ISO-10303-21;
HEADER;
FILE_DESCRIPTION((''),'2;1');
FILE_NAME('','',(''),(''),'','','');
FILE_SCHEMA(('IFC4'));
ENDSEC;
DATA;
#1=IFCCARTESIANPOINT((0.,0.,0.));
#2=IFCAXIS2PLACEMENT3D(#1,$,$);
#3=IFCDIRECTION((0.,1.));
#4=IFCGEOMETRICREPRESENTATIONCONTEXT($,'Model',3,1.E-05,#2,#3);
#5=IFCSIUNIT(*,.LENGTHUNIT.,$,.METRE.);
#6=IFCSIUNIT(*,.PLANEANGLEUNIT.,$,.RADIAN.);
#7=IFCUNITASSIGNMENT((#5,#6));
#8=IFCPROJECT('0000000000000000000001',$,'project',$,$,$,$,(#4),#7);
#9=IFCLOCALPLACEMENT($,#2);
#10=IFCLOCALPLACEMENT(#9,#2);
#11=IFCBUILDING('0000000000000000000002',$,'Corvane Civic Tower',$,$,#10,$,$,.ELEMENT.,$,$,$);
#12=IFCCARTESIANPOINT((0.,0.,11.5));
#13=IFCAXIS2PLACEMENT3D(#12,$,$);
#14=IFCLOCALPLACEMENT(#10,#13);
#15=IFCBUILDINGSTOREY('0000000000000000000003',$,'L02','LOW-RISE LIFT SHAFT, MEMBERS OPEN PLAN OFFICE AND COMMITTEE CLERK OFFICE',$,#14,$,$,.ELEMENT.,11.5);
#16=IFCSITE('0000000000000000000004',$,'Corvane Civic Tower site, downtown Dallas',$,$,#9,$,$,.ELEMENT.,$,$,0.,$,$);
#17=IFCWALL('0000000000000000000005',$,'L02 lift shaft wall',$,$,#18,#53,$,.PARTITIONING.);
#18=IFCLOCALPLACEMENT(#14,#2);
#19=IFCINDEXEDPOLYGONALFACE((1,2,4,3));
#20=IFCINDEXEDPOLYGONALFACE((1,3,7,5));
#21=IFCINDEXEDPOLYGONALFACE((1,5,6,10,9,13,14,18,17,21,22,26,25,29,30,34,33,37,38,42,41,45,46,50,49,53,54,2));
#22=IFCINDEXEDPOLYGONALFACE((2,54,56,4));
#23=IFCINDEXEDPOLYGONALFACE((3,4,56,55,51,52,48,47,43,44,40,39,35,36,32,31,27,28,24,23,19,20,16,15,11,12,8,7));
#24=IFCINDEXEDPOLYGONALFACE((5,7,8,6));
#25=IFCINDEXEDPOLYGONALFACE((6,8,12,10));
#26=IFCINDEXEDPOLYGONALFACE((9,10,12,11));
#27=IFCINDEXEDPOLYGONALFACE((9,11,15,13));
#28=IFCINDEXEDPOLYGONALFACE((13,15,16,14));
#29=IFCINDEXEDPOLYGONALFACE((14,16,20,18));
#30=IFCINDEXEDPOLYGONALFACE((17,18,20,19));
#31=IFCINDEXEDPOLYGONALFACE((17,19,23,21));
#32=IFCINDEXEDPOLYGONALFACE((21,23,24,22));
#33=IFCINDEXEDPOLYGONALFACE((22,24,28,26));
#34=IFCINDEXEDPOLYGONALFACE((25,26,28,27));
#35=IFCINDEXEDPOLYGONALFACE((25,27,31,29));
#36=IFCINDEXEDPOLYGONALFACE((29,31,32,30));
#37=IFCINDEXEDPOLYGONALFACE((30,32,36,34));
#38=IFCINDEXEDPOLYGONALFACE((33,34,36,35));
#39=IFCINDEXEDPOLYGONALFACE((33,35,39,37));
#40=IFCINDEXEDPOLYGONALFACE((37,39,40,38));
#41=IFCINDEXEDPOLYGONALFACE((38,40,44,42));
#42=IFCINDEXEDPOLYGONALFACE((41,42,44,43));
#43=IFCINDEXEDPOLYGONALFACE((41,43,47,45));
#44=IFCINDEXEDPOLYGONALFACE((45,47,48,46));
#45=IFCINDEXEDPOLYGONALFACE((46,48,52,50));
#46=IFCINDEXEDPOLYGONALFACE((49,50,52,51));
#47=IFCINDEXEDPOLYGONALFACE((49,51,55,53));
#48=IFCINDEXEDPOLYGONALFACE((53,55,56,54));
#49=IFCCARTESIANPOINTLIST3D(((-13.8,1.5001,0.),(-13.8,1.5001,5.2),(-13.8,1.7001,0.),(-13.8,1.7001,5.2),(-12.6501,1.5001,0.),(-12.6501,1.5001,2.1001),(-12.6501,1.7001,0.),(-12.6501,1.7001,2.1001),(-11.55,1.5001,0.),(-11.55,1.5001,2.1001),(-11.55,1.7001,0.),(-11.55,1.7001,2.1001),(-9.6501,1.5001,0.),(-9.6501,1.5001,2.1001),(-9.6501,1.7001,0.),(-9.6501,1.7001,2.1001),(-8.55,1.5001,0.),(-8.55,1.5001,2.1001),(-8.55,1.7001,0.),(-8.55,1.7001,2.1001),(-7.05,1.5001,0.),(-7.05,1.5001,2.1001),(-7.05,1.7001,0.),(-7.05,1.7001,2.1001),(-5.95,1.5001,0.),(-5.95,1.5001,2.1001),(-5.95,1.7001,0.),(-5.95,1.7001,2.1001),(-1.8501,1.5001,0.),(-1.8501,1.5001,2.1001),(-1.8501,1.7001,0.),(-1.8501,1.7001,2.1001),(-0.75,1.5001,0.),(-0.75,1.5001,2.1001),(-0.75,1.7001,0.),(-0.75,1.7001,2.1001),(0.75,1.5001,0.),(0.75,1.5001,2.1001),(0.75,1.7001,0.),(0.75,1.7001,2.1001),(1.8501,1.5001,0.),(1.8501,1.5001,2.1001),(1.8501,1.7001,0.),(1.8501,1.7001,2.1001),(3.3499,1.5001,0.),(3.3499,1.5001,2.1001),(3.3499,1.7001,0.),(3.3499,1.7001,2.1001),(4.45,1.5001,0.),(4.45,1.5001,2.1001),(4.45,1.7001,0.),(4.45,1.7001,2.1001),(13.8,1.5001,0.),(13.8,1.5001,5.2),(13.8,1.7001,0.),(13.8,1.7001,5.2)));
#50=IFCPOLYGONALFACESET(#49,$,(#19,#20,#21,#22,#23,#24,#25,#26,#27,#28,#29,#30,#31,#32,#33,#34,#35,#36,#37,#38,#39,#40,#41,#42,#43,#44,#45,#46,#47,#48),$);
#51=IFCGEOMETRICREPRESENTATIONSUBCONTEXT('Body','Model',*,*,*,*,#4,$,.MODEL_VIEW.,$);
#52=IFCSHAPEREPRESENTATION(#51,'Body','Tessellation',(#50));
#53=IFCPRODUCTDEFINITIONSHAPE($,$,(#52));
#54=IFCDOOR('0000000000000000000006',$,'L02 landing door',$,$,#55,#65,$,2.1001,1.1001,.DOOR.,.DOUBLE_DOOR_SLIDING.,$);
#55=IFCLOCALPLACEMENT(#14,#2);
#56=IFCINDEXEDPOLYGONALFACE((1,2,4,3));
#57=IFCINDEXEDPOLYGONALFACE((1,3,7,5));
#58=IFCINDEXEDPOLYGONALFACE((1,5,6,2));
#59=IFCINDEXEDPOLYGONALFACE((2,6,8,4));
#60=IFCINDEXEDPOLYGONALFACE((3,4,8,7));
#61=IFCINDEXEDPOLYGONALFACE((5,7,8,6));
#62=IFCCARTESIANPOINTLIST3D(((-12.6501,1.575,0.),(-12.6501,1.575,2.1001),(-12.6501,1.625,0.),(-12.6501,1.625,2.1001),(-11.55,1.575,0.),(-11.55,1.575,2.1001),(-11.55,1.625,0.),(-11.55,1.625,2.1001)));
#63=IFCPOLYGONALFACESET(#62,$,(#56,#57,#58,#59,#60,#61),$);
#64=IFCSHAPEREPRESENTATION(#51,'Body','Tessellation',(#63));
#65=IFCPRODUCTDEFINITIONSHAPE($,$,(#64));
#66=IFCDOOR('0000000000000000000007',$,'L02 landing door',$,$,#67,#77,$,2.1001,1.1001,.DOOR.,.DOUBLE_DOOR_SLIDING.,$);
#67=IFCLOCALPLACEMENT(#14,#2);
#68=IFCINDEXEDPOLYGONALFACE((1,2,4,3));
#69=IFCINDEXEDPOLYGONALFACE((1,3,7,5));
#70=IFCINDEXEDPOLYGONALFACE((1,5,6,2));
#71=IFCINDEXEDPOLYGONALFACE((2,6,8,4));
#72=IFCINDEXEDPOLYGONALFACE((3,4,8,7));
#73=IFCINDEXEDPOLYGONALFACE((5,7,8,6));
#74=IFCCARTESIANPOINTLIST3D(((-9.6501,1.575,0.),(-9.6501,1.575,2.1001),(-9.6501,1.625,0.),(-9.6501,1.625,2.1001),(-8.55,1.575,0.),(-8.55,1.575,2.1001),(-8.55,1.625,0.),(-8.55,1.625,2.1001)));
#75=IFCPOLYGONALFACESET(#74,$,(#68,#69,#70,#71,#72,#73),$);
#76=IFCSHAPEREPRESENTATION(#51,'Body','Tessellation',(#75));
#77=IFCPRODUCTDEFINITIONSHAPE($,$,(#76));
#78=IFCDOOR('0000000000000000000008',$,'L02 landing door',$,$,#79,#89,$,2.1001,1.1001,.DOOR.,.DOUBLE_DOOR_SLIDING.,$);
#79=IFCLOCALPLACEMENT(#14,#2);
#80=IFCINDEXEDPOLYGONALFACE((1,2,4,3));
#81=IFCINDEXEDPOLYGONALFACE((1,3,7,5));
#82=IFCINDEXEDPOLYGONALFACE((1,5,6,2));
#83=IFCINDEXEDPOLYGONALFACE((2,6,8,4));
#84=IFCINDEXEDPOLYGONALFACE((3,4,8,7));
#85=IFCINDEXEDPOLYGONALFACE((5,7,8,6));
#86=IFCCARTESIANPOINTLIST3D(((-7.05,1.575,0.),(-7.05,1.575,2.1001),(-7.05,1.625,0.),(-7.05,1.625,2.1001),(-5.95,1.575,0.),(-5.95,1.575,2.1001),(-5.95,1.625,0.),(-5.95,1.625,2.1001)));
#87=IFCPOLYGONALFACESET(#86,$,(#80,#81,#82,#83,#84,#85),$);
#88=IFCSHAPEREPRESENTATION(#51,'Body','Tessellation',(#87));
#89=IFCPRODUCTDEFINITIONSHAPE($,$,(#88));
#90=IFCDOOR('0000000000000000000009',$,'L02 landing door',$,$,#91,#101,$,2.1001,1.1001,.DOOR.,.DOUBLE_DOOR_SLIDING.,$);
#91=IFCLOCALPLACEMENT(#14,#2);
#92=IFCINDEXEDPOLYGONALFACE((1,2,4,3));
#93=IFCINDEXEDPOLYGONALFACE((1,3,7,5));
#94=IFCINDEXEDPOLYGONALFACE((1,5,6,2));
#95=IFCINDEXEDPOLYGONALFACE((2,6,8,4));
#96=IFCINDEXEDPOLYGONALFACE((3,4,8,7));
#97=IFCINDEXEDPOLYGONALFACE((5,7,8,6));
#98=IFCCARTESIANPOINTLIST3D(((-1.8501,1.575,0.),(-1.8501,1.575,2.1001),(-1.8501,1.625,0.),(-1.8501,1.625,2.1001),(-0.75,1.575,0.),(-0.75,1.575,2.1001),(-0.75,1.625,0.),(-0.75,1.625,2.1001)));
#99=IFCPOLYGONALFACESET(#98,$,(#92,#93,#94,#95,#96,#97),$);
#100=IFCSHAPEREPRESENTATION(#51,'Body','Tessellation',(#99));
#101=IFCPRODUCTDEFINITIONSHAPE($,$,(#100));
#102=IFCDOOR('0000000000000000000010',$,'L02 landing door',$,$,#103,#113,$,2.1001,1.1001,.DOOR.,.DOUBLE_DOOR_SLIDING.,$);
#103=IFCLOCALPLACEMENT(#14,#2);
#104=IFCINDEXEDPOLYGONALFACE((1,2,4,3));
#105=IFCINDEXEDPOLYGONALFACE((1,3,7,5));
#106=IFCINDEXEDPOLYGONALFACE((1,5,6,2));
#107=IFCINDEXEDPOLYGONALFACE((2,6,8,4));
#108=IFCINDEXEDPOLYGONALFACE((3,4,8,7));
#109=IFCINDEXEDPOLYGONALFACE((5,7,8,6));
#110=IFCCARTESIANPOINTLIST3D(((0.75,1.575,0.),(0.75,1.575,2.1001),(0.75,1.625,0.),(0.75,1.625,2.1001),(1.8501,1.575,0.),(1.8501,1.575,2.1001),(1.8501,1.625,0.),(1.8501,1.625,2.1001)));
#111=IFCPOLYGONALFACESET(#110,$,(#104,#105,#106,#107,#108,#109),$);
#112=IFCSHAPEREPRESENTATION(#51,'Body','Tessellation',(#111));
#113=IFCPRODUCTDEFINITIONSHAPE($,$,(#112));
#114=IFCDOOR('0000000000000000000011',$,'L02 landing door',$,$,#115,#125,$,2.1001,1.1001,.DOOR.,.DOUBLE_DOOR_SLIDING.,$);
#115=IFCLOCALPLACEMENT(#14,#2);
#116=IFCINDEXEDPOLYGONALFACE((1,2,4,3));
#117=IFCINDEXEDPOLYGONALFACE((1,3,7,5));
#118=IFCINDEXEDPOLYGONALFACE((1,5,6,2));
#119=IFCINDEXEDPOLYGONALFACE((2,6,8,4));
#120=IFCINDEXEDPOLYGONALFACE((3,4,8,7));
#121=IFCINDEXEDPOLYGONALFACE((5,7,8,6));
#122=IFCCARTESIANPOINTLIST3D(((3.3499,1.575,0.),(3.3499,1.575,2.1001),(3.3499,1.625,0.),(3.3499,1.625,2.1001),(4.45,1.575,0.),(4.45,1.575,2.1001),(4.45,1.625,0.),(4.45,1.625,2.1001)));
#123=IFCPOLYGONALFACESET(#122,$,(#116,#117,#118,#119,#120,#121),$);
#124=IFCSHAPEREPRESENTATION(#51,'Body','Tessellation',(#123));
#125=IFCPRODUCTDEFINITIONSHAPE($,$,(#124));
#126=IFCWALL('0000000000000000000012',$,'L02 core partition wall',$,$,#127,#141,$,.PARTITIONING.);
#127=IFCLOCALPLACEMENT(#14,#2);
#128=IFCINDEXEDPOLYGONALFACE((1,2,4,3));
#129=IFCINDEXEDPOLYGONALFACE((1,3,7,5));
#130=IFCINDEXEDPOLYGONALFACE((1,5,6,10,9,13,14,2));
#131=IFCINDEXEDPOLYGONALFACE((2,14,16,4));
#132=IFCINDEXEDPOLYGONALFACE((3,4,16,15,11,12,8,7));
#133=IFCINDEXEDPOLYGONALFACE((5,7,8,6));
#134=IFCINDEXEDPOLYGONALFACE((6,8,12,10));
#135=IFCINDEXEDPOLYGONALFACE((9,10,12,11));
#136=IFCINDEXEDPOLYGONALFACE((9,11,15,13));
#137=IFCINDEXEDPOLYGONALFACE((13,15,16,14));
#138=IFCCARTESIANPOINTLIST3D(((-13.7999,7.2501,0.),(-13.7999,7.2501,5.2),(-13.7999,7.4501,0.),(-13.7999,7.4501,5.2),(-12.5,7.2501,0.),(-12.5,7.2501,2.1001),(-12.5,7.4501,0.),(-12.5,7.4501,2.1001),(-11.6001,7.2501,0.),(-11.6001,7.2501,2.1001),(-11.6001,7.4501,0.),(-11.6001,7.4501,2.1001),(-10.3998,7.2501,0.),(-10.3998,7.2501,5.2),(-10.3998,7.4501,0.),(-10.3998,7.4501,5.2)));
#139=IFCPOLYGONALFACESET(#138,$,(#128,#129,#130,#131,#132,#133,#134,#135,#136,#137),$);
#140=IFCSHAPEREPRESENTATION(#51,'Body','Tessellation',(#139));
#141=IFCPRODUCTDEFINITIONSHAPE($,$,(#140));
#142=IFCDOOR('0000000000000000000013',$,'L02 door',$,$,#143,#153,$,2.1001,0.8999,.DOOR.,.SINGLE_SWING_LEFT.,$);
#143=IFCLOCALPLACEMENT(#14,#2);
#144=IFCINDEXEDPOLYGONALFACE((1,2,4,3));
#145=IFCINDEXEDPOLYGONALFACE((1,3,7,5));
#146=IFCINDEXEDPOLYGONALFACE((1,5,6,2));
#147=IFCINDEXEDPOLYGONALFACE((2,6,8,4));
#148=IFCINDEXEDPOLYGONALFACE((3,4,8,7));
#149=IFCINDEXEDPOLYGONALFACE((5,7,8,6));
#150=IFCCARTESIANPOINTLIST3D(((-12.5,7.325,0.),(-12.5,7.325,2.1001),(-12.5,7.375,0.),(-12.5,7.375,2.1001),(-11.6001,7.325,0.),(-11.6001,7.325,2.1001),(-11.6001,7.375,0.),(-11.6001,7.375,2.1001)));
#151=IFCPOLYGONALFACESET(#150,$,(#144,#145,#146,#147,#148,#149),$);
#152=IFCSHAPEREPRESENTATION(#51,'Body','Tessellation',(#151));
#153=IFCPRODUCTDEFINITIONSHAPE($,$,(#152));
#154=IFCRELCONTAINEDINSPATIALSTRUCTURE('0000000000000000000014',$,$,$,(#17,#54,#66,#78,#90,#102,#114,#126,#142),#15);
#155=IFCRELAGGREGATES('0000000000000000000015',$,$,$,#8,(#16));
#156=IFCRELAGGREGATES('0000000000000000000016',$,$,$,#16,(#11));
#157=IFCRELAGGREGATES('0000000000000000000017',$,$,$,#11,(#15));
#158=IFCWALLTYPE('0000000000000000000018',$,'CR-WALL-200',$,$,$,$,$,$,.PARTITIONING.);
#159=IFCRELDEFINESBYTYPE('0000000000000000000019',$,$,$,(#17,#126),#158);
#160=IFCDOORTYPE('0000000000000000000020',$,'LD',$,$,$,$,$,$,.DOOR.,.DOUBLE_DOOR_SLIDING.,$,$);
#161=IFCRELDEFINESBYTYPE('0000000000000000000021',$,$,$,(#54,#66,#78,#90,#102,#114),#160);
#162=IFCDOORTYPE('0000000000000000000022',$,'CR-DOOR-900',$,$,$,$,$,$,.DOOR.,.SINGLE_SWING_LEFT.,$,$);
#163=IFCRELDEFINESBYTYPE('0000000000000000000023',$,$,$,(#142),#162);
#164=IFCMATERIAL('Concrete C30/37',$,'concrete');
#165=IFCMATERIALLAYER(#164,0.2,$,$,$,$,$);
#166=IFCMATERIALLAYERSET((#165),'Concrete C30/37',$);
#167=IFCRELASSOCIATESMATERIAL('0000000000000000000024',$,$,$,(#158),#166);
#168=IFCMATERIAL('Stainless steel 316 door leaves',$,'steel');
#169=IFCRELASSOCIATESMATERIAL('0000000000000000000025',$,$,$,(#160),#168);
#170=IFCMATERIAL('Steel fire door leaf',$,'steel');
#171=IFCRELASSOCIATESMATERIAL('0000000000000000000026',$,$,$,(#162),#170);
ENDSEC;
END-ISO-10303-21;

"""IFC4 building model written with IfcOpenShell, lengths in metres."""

from ifc_helpers import new_model, si_unit, direction, frame, frame_2d, origin, place, context, subcontext, project, spatial, rectangle, extrude, material, layer, layer_set, type_object, element, fill, save


model = new_model("IFC4")

# Units and contexts
model_context = context("Model", 3, precision=1e-05, world=origin(), true_north=direction((0.0, 1.0)))
body_context = subcontext(model_context, "Body", "Model", "MODEL_VIEW")
ifc_project = project(units=[si_unit("LENGTHUNIT", "METRE"), si_unit("PLANEANGLEUNIT", "RADIAN")], contexts=[model_context])

# Site, building, storey
site_placement = place(None, origin())
site = spatial("IfcSite", under=ifc_project, at=site_placement, Name="Corvane Civic Tower site, downtown Dallas", CompositionType="ELEMENT", RefElevation=0.0)
building_placement = place(site_placement, origin())
building = spatial("IfcBuilding", under=site, at=building_placement, Name="Corvane Civic Tower", CompositionType="ELEMENT")
storey_placement = place(building_placement, frame((0.0, 0.0, 11.5)))
storey = spatial("IfcBuildingStorey", under=building, at=storey_placement, Name="L02", Description="LOW-RISE LIFT SHAFT, MEMBERS OPEN PLAN OFFICE AND COMMITTEE CLERK OFFICE", CompositionType="ELEMENT", Elevation=11.5)

# Wall, openings, doors
ifc_material_1 = material(Name="Concrete C30/37", Category="concrete")
ifc_layer_1 = layer(ifc_material_1, 0.2)
ifc_layer_set_1 = layer_set([ifc_layer_1], Name="Concrete C30/37")
wall_type_1 = type_object("IfcWallType", Name="CR-WALL-200", PredefinedType="PARTITIONING", material=ifc_layer_set_1)
wall_1_placement = place(storey_placement, frame((-13.8, 1.6001, 0.0), z_axis=(0.0, 0.0, 1.0), x_axis=(1.0, 0.0, 0.0)))
wall_1 = element("IfcWall", 1, at=wall_1_placement, inside=storey, type_object=wall_type_1, Name="L02 lift shaft wall", PredefinedType="PARTITIONING", context=body_context, shape_type="SweptSolid", body=[
    extrude(rectangle(XDim=27.6001, YDim=0.2, at=frame_2d((13.8, 0.0))), origin(), (0.0, 0.0, 1.0), 5.2),
])
opening_1_placement = place(wall_1_placement, frame((1.1499, 0.0, 0.0)))
opening_1 = element("IfcOpeningElement", 2, at=opening_1_placement, cuts=wall_1, PredefinedType="OPENING", context=body_context, shape_type="SweptSolid", body=[
    extrude(rectangle(XDim=1.1001, YDim=2.1001, at=frame_2d((0.55, 1.05))), frame((0.0, 0.1099, 0.0), z_axis=(0.0, -1.0, 0.0), x_axis=(1.0, 0.0, 0.0)), (0.0, 0.0, 1.0), 0.22),
])
opening_2_placement = place(wall_1_placement, frame((4.1499, 0.0, 0.0)))
opening_2 = element("IfcOpeningElement", 3, at=opening_2_placement, cuts=wall_1, PredefinedType="OPENING", context=body_context, shape_type="SweptSolid", body=[
    extrude(rectangle(XDim=1.1001, YDim=2.1001, at=frame_2d((0.55, 1.05))), frame((0.0, 0.1099, 0.0), z_axis=(0.0, -1.0, 0.0), x_axis=(1.0, 0.0, 0.0)), (0.0, 0.0, 1.0), 0.22),
])
opening_3_placement = place(wall_1_placement, frame((6.75, 0.0, 0.0)))
opening_3 = element("IfcOpeningElement", 4, at=opening_3_placement, cuts=wall_1, PredefinedType="OPENING", context=body_context, shape_type="SweptSolid", body=[
    extrude(rectangle(XDim=1.1001, YDim=2.1001, at=frame_2d((0.55, 1.05))), frame((0.0, 0.1099, 0.0), z_axis=(0.0, -1.0, 0.0), x_axis=(1.0, 0.0, 0.0)), (0.0, 0.0, 1.0), 0.22),
])
opening_4_placement = place(wall_1_placement, frame((11.95, 0.0, 0.0)))
opening_4 = element("IfcOpeningElement", 5, at=opening_4_placement, cuts=wall_1, PredefinedType="OPENING", context=body_context, shape_type="SweptSolid", body=[
    extrude(rectangle(XDim=1.1001, YDim=2.1001, at=frame_2d((0.55, 1.05))), frame((0.0, 0.1099, 0.0), z_axis=(0.0, -1.0, 0.0), x_axis=(1.0, 0.0, 0.0)), (0.0, 0.0, 1.0), 0.22),
])
opening_5_placement = place(wall_1_placement, frame((14.55, 0.0, 0.0)))
opening_5 = element("IfcOpeningElement", 6, at=opening_5_placement, cuts=wall_1, PredefinedType="OPENING", context=body_context, shape_type="SweptSolid", body=[
    extrude(rectangle(XDim=1.1001, YDim=2.1001, at=frame_2d((0.55, 1.05))), frame((0.0, 0.1099, 0.0), z_axis=(0.0, -1.0, 0.0), x_axis=(1.0, 0.0, 0.0)), (0.0, 0.0, 1.0), 0.22),
])
opening_6_placement = place(wall_1_placement, frame((17.1499, 0.0, 0.0)))
opening_6 = element("IfcOpeningElement", 7, at=opening_6_placement, cuts=wall_1, PredefinedType="OPENING", context=body_context, shape_type="SweptSolid", body=[
    extrude(rectangle(XDim=1.1001, YDim=2.1001, at=frame_2d((0.55, 1.05))), frame((0.0, 0.1099, 0.0), z_axis=(0.0, -1.0, 0.0), x_axis=(1.0, 0.0, 0.0)), (0.0, 0.0, 1.0), 0.22),
])
ifc_material_2 = material(Name="Stainless steel 316 door leaves", Category="steel")
door_type_1 = type_object("IfcDoorType", Name="LD", OperationType="DOUBLE_DOOR_SLIDING", PredefinedType="DOOR", material=ifc_material_2)
door_1_placement = place(opening_1_placement, origin())
door_1 = element("IfcDoor", 8, at=door_1_placement, inside=storey, type_object=door_type_1, Name="L02 landing door", OperationType="DOUBLE_DOOR_SLIDING", OverallHeight=2.1001, OverallWidth=1.1001, PredefinedType="DOOR", context=body_context, shape_type="SweptSolid", body=[
    extrude(rectangle(XDim=1.1001, YDim=2.1001, at=frame_2d((0.55, 1.05))), frame((0.0, 0.0249, 0.0), z_axis=(0.0, -1.0, 0.0), x_axis=(1.0, 0.0, 0.0)), (0.0, 0.0, 1.0), 0.05),
])
fill(opening_1, door_1)
door_2_placement = place(opening_2_placement, origin())
door_2 = element("IfcDoor", 9, at=door_2_placement, inside=storey, type_object=door_type_1, Name="L02 landing door", OperationType="DOUBLE_DOOR_SLIDING", OverallHeight=2.1001, OverallWidth=1.1001, PredefinedType="DOOR", context=body_context, shape_type="SweptSolid", body=[
    extrude(rectangle(XDim=1.1001, YDim=2.1001, at=frame_2d((0.55, 1.05))), frame((0.0, 0.0249, 0.0), z_axis=(0.0, -1.0, 0.0), x_axis=(1.0, 0.0, 0.0)), (0.0, 0.0, 1.0), 0.05),
])
fill(opening_2, door_2)
door_3_placement = place(opening_3_placement, origin())
door_3 = element("IfcDoor", 10, at=door_3_placement, inside=storey, type_object=door_type_1, Name="L02 landing door", OperationType="DOUBLE_DOOR_SLIDING", OverallHeight=2.1001, OverallWidth=1.1001, PredefinedType="DOOR", context=body_context, shape_type="SweptSolid", body=[
    extrude(rectangle(XDim=1.1001, YDim=2.1001, at=frame_2d((0.55, 1.05))), frame((0.0, 0.0249, 0.0), z_axis=(0.0, -1.0, 0.0), x_axis=(1.0, 0.0, 0.0)), (0.0, 0.0, 1.0), 0.05),
])
fill(opening_3, door_3)
door_4_placement = place(opening_4_placement, origin())
door_4 = element("IfcDoor", 11, at=door_4_placement, inside=storey, type_object=door_type_1, Name="L02 landing door", OperationType="DOUBLE_DOOR_SLIDING", OverallHeight=2.1001, OverallWidth=1.1001, PredefinedType="DOOR", context=body_context, shape_type="SweptSolid", body=[
    extrude(rectangle(XDim=1.1001, YDim=2.1001, at=frame_2d((0.55, 1.05))), frame((0.0, 0.0249, 0.0), z_axis=(0.0, -1.0, 0.0), x_axis=(1.0, 0.0, 0.0)), (0.0, 0.0, 1.0), 0.05),
])
fill(opening_4, door_4)
door_5_placement = place(opening_5_placement, origin())
door_5 = element("IfcDoor", 12, at=door_5_placement, inside=storey, type_object=door_type_1, Name="L02 landing door", OperationType="DOUBLE_DOOR_SLIDING", OverallHeight=2.1001, OverallWidth=1.1001, PredefinedType="DOOR", context=body_context, shape_type="SweptSolid", body=[
    extrude(rectangle(XDim=1.1001, YDim=2.1001, at=frame_2d((0.55, 1.05))), frame((0.0, 0.0249, 0.0), z_axis=(0.0, -1.0, 0.0), x_axis=(1.0, 0.0, 0.0)), (0.0, 0.0, 1.0), 0.05),
])
fill(opening_5, door_5)
door_6_placement = place(opening_6_placement, origin())
door_6 = element("IfcDoor", 13, at=door_6_placement, inside=storey, type_object=door_type_1, Name="L02 landing door", OperationType="DOUBLE_DOOR_SLIDING", OverallHeight=2.1001, OverallWidth=1.1001, PredefinedType="DOOR", context=body_context, shape_type="SweptSolid", body=[
    extrude(rectangle(XDim=1.1001, YDim=2.1001, at=frame_2d((0.55, 1.05))), frame((0.0, 0.0249, 0.0), z_axis=(0.0, -1.0, 0.0), x_axis=(1.0, 0.0, 0.0)), (0.0, 0.0, 1.0), 0.05),
])
fill(opening_6, door_6)

# Wall, opening, door
wall_2_placement = place(storey_placement, frame((-13.8, 7.3501, 0.0), z_axis=(0.0, 0.0, 1.0), x_axis=(1.0, 0.0, 0.0)))
wall_2 = element("IfcWall", 14, at=wall_2_placement, inside=storey, type_object=wall_type_1, Name="L02 core partition wall", PredefinedType="PARTITIONING", context=body_context, shape_type="SweptSolid", body=[
    extrude(rectangle(XDim=3.4001, YDim=0.2, at=frame_2d((1.7002, 0.0))), origin(), (0.0, 0.0, 1.0), 5.2),
])
opening_7_placement = place(wall_2_placement, frame((1.3, 0.0, 0.0)))
opening_7 = element("IfcOpeningElement", 15, at=opening_7_placement, cuts=wall_2, PredefinedType="OPENING", context=body_context, shape_type="SweptSolid", body=[
    extrude(rectangle(XDim=0.8999, YDim=2.1001, at=frame_2d((0.45, 1.05))), frame((0.0, 0.1099, 0.0), z_axis=(0.0, -1.0, 0.0), x_axis=(1.0, 0.0, 0.0)), (0.0, 0.0, 1.0), 0.22),
])
ifc_material_3 = material(Name="Steel fire door leaf", Category="steel")
door_type_2 = type_object("IfcDoorType", Name="CR-DOOR-900", OperationType="SINGLE_SWING_LEFT", PredefinedType="DOOR", material=ifc_material_3)
door_7_placement = place(opening_7_placement, origin())
door_7 = element("IfcDoor", 16, at=door_7_placement, inside=storey, type_object=door_type_2, Name="L02 door", OperationType="SINGLE_SWING_LEFT", OverallHeight=2.1001, OverallWidth=0.8999, PredefinedType="DOOR", context=body_context, shape_type="SweptSolid", body=[
    extrude(rectangle(XDim=0.8999, YDim=2.1001, at=frame_2d((0.45, 1.05))), frame((0.0, 0.0249, 0.0), z_axis=(0.0, -1.0, 0.0), x_axis=(1.0, 0.0, 0.0)), (0.0, 0.0, 1.0), 0.05),
])
fill(opening_7, door_7)

save(model, "model.ifc")
